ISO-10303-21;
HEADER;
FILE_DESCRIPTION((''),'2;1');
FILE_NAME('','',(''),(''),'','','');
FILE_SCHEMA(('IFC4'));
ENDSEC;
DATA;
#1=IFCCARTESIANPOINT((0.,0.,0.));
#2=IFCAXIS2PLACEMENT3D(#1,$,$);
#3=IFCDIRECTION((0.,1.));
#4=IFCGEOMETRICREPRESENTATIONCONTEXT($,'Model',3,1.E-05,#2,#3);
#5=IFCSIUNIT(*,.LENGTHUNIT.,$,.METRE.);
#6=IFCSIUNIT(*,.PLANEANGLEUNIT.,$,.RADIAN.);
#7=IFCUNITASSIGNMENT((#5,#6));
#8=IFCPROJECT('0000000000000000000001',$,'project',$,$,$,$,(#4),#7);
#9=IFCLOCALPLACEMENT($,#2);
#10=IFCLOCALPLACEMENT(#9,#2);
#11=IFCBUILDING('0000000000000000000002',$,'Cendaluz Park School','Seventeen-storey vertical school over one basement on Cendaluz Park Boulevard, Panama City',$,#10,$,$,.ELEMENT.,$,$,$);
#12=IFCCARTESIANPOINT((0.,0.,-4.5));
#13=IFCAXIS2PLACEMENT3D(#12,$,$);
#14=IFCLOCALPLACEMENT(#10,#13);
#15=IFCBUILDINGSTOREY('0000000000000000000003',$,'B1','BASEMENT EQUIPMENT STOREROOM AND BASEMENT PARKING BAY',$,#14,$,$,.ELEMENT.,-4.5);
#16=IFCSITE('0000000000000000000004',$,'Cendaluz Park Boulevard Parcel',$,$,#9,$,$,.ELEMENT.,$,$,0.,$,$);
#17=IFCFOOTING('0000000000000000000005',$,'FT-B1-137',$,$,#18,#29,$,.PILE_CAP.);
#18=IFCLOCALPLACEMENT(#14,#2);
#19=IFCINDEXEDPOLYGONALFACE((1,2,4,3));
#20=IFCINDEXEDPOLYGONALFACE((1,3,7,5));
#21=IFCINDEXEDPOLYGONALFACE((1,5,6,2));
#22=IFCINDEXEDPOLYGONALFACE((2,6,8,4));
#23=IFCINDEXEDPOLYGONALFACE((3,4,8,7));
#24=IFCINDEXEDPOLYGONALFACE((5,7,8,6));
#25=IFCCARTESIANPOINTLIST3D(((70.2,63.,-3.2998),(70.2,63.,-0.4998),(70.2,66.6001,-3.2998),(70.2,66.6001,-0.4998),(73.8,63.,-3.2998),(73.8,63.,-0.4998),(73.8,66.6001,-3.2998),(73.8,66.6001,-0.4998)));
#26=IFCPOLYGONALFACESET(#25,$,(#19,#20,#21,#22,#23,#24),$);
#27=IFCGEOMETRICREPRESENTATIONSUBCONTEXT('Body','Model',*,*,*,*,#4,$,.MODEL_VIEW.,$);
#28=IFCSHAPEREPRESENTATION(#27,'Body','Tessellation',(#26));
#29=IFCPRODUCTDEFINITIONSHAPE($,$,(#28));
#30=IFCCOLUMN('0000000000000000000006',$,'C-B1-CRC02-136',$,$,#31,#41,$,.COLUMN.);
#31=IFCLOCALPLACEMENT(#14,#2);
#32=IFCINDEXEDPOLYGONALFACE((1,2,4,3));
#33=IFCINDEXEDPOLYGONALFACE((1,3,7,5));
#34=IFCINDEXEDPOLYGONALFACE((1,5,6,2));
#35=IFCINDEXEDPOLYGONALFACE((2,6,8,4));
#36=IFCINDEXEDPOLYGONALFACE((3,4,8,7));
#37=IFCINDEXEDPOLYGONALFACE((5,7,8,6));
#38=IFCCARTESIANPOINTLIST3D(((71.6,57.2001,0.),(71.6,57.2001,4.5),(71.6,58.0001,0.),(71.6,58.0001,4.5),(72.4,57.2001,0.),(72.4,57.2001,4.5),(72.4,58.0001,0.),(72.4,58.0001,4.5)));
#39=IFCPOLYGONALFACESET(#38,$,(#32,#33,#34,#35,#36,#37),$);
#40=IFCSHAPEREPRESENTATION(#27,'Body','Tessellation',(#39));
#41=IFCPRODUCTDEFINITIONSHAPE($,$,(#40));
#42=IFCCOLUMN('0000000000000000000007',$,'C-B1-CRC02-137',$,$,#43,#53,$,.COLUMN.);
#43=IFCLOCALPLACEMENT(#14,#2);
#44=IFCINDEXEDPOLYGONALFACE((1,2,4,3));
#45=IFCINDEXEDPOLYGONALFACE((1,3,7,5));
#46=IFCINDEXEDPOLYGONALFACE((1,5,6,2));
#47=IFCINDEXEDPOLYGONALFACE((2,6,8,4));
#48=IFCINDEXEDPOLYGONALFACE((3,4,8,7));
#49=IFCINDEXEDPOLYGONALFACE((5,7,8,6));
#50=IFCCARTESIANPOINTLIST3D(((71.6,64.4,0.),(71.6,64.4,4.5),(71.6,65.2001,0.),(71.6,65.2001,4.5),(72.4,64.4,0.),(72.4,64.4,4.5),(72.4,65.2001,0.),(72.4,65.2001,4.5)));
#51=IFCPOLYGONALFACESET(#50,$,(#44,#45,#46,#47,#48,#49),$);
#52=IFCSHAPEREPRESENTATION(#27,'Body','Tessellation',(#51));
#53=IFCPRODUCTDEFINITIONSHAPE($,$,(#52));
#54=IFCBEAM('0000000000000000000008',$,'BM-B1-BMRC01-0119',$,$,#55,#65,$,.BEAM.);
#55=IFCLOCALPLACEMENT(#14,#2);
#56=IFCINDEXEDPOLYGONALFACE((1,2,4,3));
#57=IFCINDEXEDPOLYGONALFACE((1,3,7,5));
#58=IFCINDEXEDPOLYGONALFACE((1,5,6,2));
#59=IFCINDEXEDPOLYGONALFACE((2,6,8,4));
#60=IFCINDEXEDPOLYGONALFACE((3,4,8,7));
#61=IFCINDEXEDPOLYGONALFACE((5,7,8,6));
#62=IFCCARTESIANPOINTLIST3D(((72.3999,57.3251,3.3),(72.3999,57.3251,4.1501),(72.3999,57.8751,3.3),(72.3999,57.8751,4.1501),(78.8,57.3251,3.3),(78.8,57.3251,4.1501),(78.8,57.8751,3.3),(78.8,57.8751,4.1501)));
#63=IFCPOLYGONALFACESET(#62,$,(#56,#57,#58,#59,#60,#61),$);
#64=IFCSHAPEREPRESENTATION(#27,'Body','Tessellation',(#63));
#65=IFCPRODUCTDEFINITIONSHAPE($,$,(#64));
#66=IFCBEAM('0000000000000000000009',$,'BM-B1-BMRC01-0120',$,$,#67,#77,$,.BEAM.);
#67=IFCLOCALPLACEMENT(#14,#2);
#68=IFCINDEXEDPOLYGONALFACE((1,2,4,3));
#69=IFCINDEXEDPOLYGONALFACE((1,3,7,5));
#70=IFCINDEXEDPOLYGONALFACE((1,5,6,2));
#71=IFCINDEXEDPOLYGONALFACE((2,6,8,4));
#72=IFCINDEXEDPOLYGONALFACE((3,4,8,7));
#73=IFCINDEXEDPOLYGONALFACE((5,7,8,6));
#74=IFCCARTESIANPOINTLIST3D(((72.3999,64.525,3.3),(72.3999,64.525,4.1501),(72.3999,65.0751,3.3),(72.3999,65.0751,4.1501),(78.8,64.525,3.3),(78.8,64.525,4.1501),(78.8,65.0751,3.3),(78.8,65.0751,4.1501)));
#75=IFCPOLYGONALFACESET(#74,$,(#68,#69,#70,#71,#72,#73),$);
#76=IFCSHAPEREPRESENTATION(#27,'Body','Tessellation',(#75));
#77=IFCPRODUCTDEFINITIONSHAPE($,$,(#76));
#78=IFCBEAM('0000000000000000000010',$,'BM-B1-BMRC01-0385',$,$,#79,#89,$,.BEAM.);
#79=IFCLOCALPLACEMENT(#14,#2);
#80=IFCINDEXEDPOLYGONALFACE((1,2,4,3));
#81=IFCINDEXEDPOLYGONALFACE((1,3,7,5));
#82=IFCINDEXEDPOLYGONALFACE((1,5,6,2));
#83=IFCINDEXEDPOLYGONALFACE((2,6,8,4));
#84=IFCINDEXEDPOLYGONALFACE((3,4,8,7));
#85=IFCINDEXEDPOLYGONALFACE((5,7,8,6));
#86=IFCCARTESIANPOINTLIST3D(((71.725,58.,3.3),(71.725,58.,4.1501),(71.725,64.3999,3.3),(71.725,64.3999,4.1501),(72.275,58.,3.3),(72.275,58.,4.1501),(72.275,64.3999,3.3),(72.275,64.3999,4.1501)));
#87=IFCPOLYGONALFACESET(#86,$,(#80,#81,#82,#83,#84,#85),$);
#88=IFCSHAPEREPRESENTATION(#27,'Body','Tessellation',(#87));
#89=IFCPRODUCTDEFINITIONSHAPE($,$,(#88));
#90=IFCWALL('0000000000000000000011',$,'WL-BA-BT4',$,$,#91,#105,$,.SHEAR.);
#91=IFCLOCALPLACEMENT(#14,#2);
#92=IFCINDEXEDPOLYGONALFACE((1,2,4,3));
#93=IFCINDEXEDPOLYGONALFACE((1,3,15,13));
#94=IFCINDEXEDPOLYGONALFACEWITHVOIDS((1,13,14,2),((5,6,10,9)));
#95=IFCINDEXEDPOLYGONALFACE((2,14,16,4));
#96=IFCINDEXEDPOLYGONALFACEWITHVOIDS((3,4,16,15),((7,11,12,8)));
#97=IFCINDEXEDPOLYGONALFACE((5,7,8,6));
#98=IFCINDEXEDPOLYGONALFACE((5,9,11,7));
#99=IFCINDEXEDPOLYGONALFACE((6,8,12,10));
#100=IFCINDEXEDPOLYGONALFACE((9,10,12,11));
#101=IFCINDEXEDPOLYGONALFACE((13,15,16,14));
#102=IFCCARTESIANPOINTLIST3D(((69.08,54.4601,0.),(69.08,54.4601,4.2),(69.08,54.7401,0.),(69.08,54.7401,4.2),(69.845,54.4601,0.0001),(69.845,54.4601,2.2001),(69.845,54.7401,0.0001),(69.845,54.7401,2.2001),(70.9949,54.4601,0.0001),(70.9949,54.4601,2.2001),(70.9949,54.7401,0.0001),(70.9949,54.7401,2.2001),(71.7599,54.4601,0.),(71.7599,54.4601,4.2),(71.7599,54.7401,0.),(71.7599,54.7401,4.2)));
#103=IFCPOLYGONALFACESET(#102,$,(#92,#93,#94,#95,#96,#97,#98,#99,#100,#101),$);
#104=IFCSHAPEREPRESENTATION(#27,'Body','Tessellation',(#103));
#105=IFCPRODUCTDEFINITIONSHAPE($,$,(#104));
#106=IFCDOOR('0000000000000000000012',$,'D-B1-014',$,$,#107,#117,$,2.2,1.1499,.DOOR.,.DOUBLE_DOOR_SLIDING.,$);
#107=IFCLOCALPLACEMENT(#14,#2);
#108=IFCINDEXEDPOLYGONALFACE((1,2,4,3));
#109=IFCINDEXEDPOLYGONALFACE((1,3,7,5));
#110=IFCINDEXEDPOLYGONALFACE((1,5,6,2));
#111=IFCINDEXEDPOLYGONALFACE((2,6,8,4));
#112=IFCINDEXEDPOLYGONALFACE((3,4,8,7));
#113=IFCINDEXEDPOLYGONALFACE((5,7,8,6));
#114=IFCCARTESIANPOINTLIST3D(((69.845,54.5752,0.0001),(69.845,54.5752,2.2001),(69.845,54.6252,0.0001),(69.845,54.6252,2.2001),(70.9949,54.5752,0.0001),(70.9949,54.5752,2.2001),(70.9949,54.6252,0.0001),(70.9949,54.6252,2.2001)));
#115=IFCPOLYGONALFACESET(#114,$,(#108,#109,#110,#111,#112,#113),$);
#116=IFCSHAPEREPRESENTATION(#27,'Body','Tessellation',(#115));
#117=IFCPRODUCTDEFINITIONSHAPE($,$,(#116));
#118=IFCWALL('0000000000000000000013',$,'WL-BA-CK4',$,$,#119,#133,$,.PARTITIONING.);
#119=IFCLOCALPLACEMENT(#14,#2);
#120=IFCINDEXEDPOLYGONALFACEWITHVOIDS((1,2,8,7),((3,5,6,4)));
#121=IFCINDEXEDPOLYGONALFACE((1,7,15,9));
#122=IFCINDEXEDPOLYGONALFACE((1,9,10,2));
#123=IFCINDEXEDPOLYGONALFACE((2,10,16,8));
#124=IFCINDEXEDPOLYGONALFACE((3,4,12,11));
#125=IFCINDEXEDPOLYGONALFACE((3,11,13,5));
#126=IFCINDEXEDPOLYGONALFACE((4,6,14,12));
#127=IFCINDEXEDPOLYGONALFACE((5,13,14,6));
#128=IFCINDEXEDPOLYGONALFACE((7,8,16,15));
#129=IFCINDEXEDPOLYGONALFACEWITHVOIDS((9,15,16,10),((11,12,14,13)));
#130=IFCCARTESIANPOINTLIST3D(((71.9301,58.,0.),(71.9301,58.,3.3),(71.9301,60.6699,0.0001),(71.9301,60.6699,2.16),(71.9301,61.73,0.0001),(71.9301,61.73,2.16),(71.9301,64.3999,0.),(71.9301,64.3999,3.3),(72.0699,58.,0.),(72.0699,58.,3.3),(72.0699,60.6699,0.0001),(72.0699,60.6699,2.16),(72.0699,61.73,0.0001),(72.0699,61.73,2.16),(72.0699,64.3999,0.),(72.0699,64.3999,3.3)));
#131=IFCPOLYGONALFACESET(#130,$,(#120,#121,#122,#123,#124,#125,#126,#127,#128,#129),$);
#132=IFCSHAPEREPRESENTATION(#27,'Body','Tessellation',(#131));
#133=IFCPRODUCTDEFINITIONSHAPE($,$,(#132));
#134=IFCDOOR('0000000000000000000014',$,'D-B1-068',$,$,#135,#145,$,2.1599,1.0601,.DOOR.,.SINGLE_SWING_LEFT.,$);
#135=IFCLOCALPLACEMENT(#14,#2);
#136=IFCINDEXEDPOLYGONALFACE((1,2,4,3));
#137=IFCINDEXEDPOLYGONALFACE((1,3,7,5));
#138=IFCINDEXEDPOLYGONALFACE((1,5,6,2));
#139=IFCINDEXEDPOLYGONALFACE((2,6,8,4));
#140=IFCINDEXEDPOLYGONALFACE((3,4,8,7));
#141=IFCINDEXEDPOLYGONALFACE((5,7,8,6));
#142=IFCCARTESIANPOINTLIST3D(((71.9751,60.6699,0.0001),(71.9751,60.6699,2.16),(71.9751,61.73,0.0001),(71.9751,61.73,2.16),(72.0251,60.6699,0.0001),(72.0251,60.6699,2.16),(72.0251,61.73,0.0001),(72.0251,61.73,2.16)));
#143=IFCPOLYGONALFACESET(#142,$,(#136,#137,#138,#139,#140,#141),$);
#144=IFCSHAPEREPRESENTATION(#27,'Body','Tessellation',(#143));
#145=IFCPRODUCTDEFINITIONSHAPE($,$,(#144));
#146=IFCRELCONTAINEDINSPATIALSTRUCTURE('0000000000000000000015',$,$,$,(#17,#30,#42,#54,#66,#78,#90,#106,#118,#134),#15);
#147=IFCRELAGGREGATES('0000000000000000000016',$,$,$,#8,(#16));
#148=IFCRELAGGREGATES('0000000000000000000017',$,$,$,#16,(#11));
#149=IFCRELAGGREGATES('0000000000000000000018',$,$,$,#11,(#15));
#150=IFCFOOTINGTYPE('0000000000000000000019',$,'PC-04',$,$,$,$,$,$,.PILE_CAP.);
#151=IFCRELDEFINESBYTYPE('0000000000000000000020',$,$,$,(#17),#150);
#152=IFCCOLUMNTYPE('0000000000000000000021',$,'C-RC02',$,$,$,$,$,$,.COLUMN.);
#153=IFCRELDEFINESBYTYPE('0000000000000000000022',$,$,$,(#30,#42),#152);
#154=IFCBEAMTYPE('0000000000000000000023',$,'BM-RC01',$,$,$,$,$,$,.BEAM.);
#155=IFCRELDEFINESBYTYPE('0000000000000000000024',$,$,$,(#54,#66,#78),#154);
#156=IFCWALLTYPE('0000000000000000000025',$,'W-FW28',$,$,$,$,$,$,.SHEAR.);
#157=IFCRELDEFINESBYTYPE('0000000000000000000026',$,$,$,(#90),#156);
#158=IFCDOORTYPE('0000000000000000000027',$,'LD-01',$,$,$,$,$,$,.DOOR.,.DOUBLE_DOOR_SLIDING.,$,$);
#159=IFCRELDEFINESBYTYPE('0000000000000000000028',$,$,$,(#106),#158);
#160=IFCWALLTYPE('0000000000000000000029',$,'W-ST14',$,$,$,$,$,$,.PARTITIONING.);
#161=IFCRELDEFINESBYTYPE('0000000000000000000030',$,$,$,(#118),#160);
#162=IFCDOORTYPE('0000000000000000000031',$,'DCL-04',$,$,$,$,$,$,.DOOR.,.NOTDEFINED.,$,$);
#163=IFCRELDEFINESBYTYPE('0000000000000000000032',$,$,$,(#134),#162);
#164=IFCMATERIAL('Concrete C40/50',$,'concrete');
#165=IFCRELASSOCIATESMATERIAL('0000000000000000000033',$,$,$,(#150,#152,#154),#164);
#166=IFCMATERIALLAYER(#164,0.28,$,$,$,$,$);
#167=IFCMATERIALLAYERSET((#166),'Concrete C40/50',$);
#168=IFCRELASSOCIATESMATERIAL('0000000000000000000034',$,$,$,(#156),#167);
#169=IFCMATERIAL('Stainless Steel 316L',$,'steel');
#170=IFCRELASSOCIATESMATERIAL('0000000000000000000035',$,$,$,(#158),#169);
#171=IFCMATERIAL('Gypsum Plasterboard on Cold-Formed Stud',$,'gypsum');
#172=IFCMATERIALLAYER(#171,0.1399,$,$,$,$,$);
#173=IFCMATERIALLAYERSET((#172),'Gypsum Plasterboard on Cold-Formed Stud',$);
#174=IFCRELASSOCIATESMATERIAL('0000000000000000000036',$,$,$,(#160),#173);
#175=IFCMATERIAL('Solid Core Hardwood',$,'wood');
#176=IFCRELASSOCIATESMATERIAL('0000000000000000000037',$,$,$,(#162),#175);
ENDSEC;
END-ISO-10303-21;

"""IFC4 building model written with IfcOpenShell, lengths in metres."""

from ifc_helpers import new_model, si_unit, direction, frame, frame_2d, origin, origin_2d, place, context, subcontext, project, spatial, rectangle, extrude, material, layer, layer_set, material_profile, profile_set, type_object, element, fill, save


model = new_model("IFC4")

# Units and contexts
model_context = context("Model", 3, precision=1e-05, world=origin(), true_north=direction((0.0, 1.0)))
body_context = subcontext(model_context, "Body", "Model", "MODEL_VIEW")
ifc_project = project(units=[si_unit("LENGTHUNIT", "METRE"), si_unit("PLANEANGLEUNIT", "RADIAN")], contexts=[model_context])

# Site, building, storey
site_placement = place(None, origin())
site = spatial("IfcSite", under=ifc_project, at=site_placement, Name="Cendaluz Park Boulevard Parcel", CompositionType="ELEMENT", RefElevation=0.0)
building_placement = place(site_placement, origin())
building = spatial("IfcBuilding", under=site, at=building_placement, Name="Cendaluz Park School", Description="Seventeen-storey vertical school over one basement on Cendaluz Park Boulevard, Panama City", CompositionType="ELEMENT")
storey_placement = place(building_placement, frame((0.0, 0.0, -4.5)))
storey = spatial("IfcBuildingStorey", under=building, at=storey_placement, Name="B1", Description="BASEMENT EQUIPMENT STOREROOM AND BASEMENT PARKING BAY", CompositionType="ELEMENT", Elevation=-4.5)

# Shared definitions
ifc_material_1 = material(Name="Concrete C40/50", Category="concrete")

# Footing
footing_type_1 = type_object("IfcFootingType", Name="PC-04", PredefinedType="PILE_CAP", material=ifc_material_1)
footing_1_placement = place(storey_placement, frame((72.0, 64.8, -3.2998), z_axis=(0.0, 0.0, 1.0), x_axis=(1.0, 0.0, 0.0)))
element("IfcFooting", 1, at=footing_1_placement, inside=storey, type_object=footing_type_1, Name="FT-B1-137", PredefinedType="PILE_CAP", context=body_context, shape_type="SweptSolid", body=[
    extrude(rectangle(XDim=3.6001, YDim=3.6001, at=origin_2d()), origin(), (0.0, 0.0, 1.0), 2.8),
])

# Columns
ifc_material_profile_1 = material_profile(ifc_material_1, rectangle(XDim=0.8, YDim=0.8, at=origin_2d()), Name="RC 800x800", Category="concrete")
ifc_profile_set_1 = profile_set([ifc_material_profile_1], Name="Concrete C40/50")
column_type = type_object("IfcColumnType", Name="C-RC02", PredefinedType="COLUMN", material=ifc_profile_set_1)
for number, where, z_axis, x_axis, name in (
    (2, (72.0, 57.6001, 0.0), (0.0, 0.0, 1.0), (1.0, 0.0, 0.0), "C-B1-CRC02-136"),
    (3, (72.0, 64.8, 0.0), (0.0, 0.0, 1.0), (1.0, 0.0, 0.0), "C-B1-CRC02-137"),
):
    element("IfcColumn", number, at=place(storey_placement, frame(where, z_axis=z_axis, x_axis=x_axis)), inside=storey, type_object=column_type, Name=name, PredefinedType="COLUMN", context=body_context, shape_type="SweptSolid", body=[
        extrude(rectangle(XDim=0.8, YDim=0.8, at=origin_2d()), origin(), (0.0, 0.0, 1.0), 4.5),
    ])

# Beams
ifc_material_profile_2 = material_profile(ifc_material_1, rectangle(XDim=0.55, YDim=0.8501, at=origin_2d()), Name="RC 550x850", Category="concrete")
ifc_profile_set_2 = profile_set([ifc_material_profile_2], Name="Concrete C40/50")
beam_type = type_object("IfcBeamType", Name="BM-RC01", PredefinedType="BEAM", material=ifc_profile_set_2)
for number, where, z_axis, x_axis, name in (
    (4, (72.3999, 57.6001, 3.7251), (1.0, 0.0, 0.0), (0.0, 1.0, 0.0), "BM-B1-BMRC01-0119"),
    (5, (72.3999, 64.8, 3.7251), (1.0, 0.0, 0.0), (0.0, 1.0, 0.0), "BM-B1-BMRC01-0120"),
):
    element("IfcBeam", number, at=place(storey_placement, frame(where, z_axis=z_axis, x_axis=x_axis)), inside=storey, type_object=beam_type, Name=name, PredefinedType="BEAM", context=body_context, shape_type="SweptSolid", body=[
        extrude(rectangle(XDim=0.55, YDim=0.8501, at=origin_2d()), origin(), (0.0, 0.0, 1.0), 6.4001),
    ])
beam_placement = place(storey_placement, frame((72.0, 58.0, 3.7251), z_axis=(0.0, 1.0, 0.0), x_axis=(-1.0, 0.0, 0.0)))
element("IfcBeam", 6, at=beam_placement, inside=storey, type_object=beam_type, Name="BM-B1-BMRC01-0385", PredefinedType="BEAM", context=body_context, shape_type="SweptSolid", body=[
    extrude(rectangle(XDim=0.55, YDim=0.8501, at=origin_2d()), origin(), (0.0, 0.0, 1.0), 6.3999),
])

# Walls, openings, doors
ifc_layer_1 = layer(ifc_material_1, 0.28)
ifc_layer_set_1 = layer_set([ifc_layer_1], Name="Concrete C40/50")
wall_type_1 = type_object("IfcWallType", Name="W-FW28", PredefinedType="SHEAR", material=ifc_layer_set_1)
wall_1_placement = place(storey_placement, frame((69.0801, 54.6001, 0.0), z_axis=(0.0, 0.0, 1.0), x_axis=(1.0, 0.0, 0.0)))
wall_1 = element("IfcWall", 7, at=wall_1_placement, inside=storey, type_object=wall_type_1, Name="WL-BA-BT4", PredefinedType="SHEAR", context=body_context, shape_type="SweptSolid", body=[
    extrude(rectangle(XDim=2.6799, YDim=0.28, at=frame_2d((1.3398, 0.0))), origin(), (0.0, 0.0, 1.0), 4.2),
])
opening_1_placement = place(wall_1_placement, frame((0.7649, 0.0, 0.0)))
opening_1 = element("IfcOpeningElement", 8, at=opening_1_placement, cuts=wall_1, PredefinedType="OPENING", context=body_context, shape_type="SweptSolid", body=[
    extrude(rectangle(XDim=1.1499, YDim=2.2, at=frame_2d((0.575, 1.1001))), frame((0.0, 0.1521, 0.0), z_axis=(0.0, -1.0, 0.0), x_axis=(1.0, 0.0, 0.0)), (0.0, 0.0, 1.0), 0.304),
])
ifc_material_2 = material(Name="Stainless Steel 316L", Category="steel")
door_type_1 = type_object("IfcDoorType", Name="LD-01", OperationType="DOUBLE_DOOR_SLIDING", PredefinedType="DOOR", material=ifc_material_2)
door_1_placement = place(opening_1_placement, frame((1.1499, 0.0, 0.0), z_axis=(0.0, 0.0, 1.0), x_axis=(-1.0, 0.0, 0.0)))
door_1 = element("IfcDoor", 9, at=door_1_placement, inside=storey, type_object=door_type_1, Name="D-B1-014", OperationType="DOUBLE_DOOR_SLIDING", OverallHeight=2.2, OverallWidth=1.1499, PredefinedType="DOOR", context=body_context, shape_type="SweptSolid", body=[
    extrude(rectangle(XDim=1.1499, YDim=2.2, at=frame_2d((0.575, 1.1001))), frame((0.0, 0.0249, 0.0), z_axis=(0.0, -1.0, 0.0), x_axis=(1.0, 0.0, 0.0)), (0.0, 0.0, 1.0), 0.05),
])
fill(opening_1, door_1)
ifc_material_3 = material(Name="Gypsum Plasterboard on Cold-Formed Stud", Category="gypsum")
ifc_layer_2 = layer(ifc_material_3, 0.1399)
ifc_layer_set_2 = layer_set([ifc_layer_2], Name="Gypsum Plasterboard on Cold-Formed Stud")
wall_type_2 = type_object("IfcWallType", Name="W-ST14", PredefinedType="PARTITIONING", material=ifc_layer_set_2)
wall_2_placement = place(storey_placement, frame((72.0, 58.0, 0.0), z_axis=(0.0, 0.0, 1.0), x_axis=(0.0, 1.0, 0.0)))
wall_2 = element("IfcWall", 10, at=wall_2_placement, inside=storey, type_object=wall_type_2, Name="WL-BA-CK4", PredefinedType="PARTITIONING", context=body_context, shape_type="SweptSolid", body=[
    extrude(rectangle(XDim=6.3999, YDim=0.1399, at=frame_2d((3.2, 0.0))), origin(), (0.0, 0.0, 1.0), 3.3),
])
opening_2_placement = place(wall_2_placement, frame((2.6699, 0.0, 0.0)))
opening_2 = element("IfcOpeningElement", 11, at=opening_2_placement, cuts=wall_2, PredefinedType="OPENING", context=body_context, shape_type="SweptSolid", body=[
    extrude(rectangle(XDim=1.0601, YDim=2.1599, at=frame_2d((0.53, 1.0801))), frame((0.0, 0.082, 0.0), z_axis=(0.0, -1.0, 0.0), x_axis=(1.0, 0.0, 0.0)), (0.0, 0.0, 1.0), 0.1638),
])
ifc_material_4 = material(Name="Solid Core Hardwood", Category="wood")
door_type_2 = type_object("IfcDoorType", Name="DCL-04", OperationType="NOTDEFINED", PredefinedType="DOOR", material=ifc_material_4)
door_2_placement = place(opening_2_placement, origin())
door_2 = element("IfcDoor", 12, at=door_2_placement, inside=storey, type_object=door_type_2, Name="D-B1-068", OperationType="SINGLE_SWING_LEFT", OverallHeight=2.1599, OverallWidth=1.0601, PredefinedType="DOOR", context=body_context, shape_type="SweptSolid", body=[
    extrude(rectangle(XDim=1.0601, YDim=2.1599, at=frame_2d((0.53, 1.0801))), frame((0.0, 0.0249, 0.0), z_axis=(0.0, -1.0, 0.0), x_axis=(1.0, 0.0, 0.0)), (0.0, 0.0, 1.0), 0.05),
])
fill(opening_2, door_2)

save(model, "model.ifc")
